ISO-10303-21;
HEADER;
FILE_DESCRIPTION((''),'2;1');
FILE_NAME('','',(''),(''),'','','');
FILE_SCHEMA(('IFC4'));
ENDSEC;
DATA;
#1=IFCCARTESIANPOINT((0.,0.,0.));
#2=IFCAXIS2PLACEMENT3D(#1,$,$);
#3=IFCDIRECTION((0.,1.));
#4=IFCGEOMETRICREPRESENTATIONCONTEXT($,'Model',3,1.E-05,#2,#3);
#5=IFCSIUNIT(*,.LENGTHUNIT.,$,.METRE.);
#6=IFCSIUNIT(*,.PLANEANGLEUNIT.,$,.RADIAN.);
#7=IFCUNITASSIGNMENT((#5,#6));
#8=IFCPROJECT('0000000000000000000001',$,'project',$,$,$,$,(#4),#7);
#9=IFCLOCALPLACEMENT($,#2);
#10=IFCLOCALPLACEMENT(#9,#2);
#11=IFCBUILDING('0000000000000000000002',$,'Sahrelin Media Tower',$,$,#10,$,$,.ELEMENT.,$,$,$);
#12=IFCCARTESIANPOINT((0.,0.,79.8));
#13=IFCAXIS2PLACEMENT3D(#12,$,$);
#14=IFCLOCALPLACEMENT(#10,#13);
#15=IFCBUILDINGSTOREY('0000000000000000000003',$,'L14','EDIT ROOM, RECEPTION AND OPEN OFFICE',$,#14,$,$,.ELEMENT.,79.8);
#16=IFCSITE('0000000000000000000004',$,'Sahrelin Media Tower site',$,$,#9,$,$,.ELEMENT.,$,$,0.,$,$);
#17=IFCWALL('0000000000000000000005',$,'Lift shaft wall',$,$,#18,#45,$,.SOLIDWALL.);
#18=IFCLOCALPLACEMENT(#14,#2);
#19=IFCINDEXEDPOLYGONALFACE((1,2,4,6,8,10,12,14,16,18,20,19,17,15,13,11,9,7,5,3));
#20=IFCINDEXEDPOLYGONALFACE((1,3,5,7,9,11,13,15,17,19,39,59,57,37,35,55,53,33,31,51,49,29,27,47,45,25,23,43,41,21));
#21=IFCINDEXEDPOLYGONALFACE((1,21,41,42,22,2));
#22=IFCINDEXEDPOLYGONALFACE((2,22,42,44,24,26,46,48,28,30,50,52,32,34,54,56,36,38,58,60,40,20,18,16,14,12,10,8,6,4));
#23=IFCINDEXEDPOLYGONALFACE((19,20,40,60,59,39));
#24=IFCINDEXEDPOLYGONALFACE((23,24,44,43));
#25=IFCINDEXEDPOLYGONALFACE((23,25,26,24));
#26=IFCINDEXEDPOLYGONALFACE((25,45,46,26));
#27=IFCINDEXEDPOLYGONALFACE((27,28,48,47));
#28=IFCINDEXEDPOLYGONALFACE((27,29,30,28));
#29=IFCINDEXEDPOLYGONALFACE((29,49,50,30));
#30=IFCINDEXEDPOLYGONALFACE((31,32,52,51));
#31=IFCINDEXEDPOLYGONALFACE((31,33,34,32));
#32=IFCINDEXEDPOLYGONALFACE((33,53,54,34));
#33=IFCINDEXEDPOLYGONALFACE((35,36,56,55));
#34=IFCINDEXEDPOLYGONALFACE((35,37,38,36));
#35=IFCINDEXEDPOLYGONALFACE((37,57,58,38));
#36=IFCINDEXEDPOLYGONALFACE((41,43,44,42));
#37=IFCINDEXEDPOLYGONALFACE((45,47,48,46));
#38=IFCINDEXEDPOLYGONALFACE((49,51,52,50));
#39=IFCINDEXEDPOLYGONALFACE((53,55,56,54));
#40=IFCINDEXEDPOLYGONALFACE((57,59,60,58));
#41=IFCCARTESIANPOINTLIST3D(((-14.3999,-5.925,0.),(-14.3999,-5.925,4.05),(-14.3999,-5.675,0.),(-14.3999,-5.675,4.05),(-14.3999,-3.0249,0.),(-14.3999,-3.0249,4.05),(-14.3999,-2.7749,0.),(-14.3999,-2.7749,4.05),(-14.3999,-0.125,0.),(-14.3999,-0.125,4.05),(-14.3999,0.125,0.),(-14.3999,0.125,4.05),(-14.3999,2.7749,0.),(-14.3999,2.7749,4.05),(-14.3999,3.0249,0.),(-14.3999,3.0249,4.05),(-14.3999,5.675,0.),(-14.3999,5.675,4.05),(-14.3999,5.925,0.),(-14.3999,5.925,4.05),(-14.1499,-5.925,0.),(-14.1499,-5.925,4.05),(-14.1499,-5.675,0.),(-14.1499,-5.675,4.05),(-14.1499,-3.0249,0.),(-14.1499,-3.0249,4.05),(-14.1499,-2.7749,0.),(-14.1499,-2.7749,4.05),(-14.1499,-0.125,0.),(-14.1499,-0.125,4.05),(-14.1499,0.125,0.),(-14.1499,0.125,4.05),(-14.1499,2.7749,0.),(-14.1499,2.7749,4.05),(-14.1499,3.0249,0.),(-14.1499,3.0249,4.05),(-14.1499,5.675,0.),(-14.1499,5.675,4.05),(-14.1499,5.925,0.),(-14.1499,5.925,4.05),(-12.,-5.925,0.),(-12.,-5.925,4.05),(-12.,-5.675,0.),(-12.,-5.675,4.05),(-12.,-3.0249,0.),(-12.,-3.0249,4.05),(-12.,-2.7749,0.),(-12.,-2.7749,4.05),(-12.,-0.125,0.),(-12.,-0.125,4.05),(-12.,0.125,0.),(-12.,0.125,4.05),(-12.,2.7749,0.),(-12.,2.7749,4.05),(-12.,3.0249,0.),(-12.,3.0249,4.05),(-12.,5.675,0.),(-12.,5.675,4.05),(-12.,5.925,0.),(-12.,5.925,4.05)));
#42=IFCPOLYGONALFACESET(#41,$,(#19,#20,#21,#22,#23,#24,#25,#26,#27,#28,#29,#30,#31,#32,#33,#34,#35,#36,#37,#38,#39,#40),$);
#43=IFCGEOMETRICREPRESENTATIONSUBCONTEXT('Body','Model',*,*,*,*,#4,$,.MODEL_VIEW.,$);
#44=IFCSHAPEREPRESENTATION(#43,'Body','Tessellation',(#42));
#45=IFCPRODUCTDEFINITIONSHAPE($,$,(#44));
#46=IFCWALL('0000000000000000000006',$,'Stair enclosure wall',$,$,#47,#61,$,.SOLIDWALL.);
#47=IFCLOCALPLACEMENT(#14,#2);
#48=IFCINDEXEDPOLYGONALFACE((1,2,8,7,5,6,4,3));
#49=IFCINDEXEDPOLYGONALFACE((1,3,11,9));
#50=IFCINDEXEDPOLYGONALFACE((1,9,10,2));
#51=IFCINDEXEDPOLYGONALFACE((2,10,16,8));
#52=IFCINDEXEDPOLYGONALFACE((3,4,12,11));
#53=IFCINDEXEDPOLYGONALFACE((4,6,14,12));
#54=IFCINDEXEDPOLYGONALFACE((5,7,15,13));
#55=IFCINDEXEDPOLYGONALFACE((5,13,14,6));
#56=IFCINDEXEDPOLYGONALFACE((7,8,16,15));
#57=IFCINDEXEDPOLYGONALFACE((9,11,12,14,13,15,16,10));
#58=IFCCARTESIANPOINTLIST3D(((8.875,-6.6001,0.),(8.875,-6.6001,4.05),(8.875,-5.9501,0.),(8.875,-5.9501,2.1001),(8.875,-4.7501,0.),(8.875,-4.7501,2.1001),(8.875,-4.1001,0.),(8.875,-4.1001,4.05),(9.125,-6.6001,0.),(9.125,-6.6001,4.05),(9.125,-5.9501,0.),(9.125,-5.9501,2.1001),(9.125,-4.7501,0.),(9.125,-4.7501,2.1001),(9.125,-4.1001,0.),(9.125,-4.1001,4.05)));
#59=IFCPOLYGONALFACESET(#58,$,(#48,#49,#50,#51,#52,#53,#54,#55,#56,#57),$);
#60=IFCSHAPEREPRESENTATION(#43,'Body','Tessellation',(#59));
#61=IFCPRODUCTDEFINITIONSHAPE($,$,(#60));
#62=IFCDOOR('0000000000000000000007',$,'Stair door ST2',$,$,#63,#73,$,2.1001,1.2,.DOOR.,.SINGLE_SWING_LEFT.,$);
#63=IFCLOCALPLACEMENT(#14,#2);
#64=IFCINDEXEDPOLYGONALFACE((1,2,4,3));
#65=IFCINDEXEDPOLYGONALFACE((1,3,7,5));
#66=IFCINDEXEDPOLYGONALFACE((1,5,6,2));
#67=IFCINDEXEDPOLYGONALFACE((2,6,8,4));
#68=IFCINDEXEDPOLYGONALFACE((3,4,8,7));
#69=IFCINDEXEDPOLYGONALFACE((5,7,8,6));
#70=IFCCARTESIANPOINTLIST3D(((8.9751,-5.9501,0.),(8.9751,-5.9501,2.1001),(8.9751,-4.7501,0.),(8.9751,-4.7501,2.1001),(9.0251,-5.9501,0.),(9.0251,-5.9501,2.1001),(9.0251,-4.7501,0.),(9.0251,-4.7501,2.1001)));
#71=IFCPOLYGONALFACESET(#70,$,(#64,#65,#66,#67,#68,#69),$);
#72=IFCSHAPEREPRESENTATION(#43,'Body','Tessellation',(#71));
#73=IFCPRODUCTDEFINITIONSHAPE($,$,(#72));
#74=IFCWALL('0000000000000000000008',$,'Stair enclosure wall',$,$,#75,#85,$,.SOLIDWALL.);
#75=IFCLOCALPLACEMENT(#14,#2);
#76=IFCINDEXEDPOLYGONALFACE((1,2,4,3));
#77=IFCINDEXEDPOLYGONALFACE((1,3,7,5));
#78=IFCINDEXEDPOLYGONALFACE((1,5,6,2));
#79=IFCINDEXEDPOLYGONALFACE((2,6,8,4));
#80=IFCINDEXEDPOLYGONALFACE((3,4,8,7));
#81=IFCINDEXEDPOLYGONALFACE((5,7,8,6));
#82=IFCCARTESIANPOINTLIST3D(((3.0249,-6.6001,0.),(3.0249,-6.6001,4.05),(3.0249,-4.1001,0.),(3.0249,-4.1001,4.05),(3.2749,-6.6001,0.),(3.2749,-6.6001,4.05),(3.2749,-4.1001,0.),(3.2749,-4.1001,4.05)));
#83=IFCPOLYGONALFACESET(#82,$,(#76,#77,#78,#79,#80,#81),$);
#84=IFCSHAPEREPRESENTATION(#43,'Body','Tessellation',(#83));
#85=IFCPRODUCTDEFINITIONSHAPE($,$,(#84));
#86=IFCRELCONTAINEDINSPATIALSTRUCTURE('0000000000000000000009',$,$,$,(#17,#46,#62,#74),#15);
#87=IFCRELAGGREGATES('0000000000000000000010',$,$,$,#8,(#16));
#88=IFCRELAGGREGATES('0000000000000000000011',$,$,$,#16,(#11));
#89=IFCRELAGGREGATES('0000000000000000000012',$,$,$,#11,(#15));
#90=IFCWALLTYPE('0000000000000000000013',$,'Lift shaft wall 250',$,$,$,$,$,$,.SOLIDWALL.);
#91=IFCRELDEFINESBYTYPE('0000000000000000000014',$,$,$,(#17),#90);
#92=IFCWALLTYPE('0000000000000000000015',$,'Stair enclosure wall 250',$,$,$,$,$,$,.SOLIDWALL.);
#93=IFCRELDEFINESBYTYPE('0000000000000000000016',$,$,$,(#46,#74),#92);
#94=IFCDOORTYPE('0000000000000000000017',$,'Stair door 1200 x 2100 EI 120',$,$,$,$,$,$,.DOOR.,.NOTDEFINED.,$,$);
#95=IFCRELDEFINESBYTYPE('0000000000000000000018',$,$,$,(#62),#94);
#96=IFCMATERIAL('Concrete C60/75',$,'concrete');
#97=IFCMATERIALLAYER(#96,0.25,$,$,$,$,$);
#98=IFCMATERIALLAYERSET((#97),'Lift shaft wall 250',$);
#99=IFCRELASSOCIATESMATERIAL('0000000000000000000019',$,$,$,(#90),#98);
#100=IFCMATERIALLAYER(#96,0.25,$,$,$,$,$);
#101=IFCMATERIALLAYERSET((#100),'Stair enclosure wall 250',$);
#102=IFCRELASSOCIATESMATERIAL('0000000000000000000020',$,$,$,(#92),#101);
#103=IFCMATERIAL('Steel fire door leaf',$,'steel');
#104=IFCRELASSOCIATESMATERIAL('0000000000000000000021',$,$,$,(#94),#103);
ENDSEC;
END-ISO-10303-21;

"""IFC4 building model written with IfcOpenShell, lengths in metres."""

from ifc_helpers import new_model, si_unit, direction, frame, frame_2d, origin, place, context, subcontext, project, spatial, polyline, rectangle, outline, extrude, material, layer, layer_set, type_object, element, fill, save


model = new_model("IFC4")

# Units and contexts
model_context = context("Model", 3, precision=1e-05, world=origin(), true_north=direction((0.0, 1.0)))
body_context = subcontext(model_context, "Body", "Model", "MODEL_VIEW")
ifc_project = project(units=[si_unit("LENGTHUNIT", "METRE"), si_unit("PLANEANGLEUNIT", "RADIAN")], contexts=[model_context])

# Site, building, storey
site_placement = place(None, origin())
site = spatial("IfcSite", under=ifc_project, at=site_placement, Name="Sahrelin Media Tower site", CompositionType="ELEMENT", RefElevation=0.0)
building_placement = place(site_placement, origin())
building = spatial("IfcBuilding", under=site, at=building_placement, Name="Sahrelin Media Tower", CompositionType="ELEMENT")
storey_placement = place(building_placement, frame((0.0, 0.0, 79.8)))
storey = spatial("IfcBuildingStorey", under=building, at=storey_placement, Name="L14", Description="EDIT ROOM, RECEPTION AND OPEN OFFICE", CompositionType="ELEMENT", Elevation=79.8)

# Shared definitions
placement_1 = place(storey_placement, origin())

# Wall
ifc_material_1 = material(Name="Concrete C60/75", Category="concrete")
ifc_layer_1 = layer(ifc_material_1, 0.25)
ifc_layer_set_1 = layer_set([ifc_layer_1], Name="Lift shaft wall 250")
wall_type_1 = type_object("IfcWallType", Name="Lift shaft wall 250", PredefinedType="SOLIDWALL", material=ifc_layer_set_1)
element("IfcWall", 1, at=placement_1, inside=storey, type_object=wall_type_1, Name="Lift shaft wall", PredefinedType="SOLIDWALL", context=body_context, shape_type="SweptSolid", body=[
    extrude(outline(polyline([(-12.0, -5.925), (-12.0, -5.675), (-14.1499, -5.675), (-14.1499, -3.0249), (-12.0, -3.0249), (-12.0, -2.7749), (-14.1499, -2.7749), (-14.1499, -0.125), (-12.0, -0.125), (-12.0, 0.125), (-14.1499, 0.125), (-14.1499, 2.7749), (-12.0, 2.7749), (-12.0, 3.0249), (-14.1499, 3.0249), (-14.1499, 5.675), (-12.0, 5.675), (-12.0, 5.925), (-14.1499, 5.925), (-14.3999, 5.925), (-14.3999, 5.675), (-14.3999, 3.0249), (-14.3999, 2.7749), (-14.3999, 0.125), (-14.3999, -0.125), (-14.3999, -2.7749), (-14.3999, -3.0249), (-14.3999, -5.675), (-14.3999, -5.925), (-14.1499, -5.925), (-12.0, -5.925)])), origin(), (0.0, 0.0, 1.0), 4.05),
])

# Wall, opening, door
ifc_layer_2 = layer(ifc_material_1, 0.25)
ifc_layer_set_2 = layer_set([ifc_layer_2], Name="Stair enclosure wall 250")
wall_type_2 = type_object("IfcWallType", Name="Stair enclosure wall 250", PredefinedType="SOLIDWALL", material=ifc_layer_set_2)
wall_1_placement = place(storey_placement, frame((9.0, -6.6001, 0.0), z_axis=(0.0, 0.0, 1.0), x_axis=(0.0, 1.0, 0.0)))
wall_1 = element("IfcWall", 2, at=wall_1_placement, inside=storey, type_object=wall_type_2, Name="Stair enclosure wall", PredefinedType="SOLIDWALL", context=body_context, shape_type="SweptSolid", body=[
    extrude(rectangle(XDim=2.5, YDim=0.25, at=frame_2d((1.25, 0.0))), origin(), (0.0, 0.0, 1.0), 4.05),
])
opening_placement = place(wall_1_placement, frame((0.6499, 0.0, 0.0)))
opening = element("IfcOpeningElement", 3, at=opening_placement, cuts=wall_1, PredefinedType="OPENING", context=body_context, shape_type="SweptSolid", body=[
    extrude(rectangle(XDim=1.2, YDim=2.1001, at=frame_2d((0.6001, 1.05))), frame((0.0, 0.125, 0.0), z_axis=(0.0, -1.0, 0.0), x_axis=(1.0, 0.0, 0.0)), (0.0, 0.0, 1.0), 0.25),
])
ifc_material_2 = material(Name="Steel fire door leaf", Category="steel")
door_type = type_object("IfcDoorType", Name="Stair door 1200 x 2100 EI 120", OperationType="NOTDEFINED", PredefinedType="DOOR", material=ifc_material_2)
door_placement = place(opening_placement, origin())
door = element("IfcDoor", 4, at=door_placement, inside=storey, type_object=door_type, Name="Stair door ST2", OperationType="SINGLE_SWING_LEFT", OverallHeight=2.1001, OverallWidth=1.2, PredefinedType="DOOR", context=body_context, shape_type="SweptSolid", body=[
    extrude(rectangle(XDim=1.2, YDim=2.1001, at=frame_2d((0.6001, 1.05))), frame((0.0, 0.0249, 0.0), z_axis=(0.0, -1.0, 0.0), x_axis=(1.0, 0.0, 0.0)), (0.0, 0.0, 1.0), 0.05),
])
fill(opening, door)

# Wall
wall_2_placement = place(storey_placement, frame((3.1499, -6.6001, 0.0), z_axis=(0.0, 0.0, 1.0), x_axis=(0.0, 1.0, 0.0)))
element("IfcWall", 5, at=wall_2_placement, inside=storey, type_object=wall_type_2, Name="Stair enclosure wall", PredefinedType="SOLIDWALL", context=body_context, shape_type="SweptSolid", body=[
    extrude(rectangle(XDim=2.5, YDim=0.25, at=frame_2d((1.25, 0.0))), origin(), (0.0, 0.0, 1.0), 4.05),
])

save(model, "model.ifc")
